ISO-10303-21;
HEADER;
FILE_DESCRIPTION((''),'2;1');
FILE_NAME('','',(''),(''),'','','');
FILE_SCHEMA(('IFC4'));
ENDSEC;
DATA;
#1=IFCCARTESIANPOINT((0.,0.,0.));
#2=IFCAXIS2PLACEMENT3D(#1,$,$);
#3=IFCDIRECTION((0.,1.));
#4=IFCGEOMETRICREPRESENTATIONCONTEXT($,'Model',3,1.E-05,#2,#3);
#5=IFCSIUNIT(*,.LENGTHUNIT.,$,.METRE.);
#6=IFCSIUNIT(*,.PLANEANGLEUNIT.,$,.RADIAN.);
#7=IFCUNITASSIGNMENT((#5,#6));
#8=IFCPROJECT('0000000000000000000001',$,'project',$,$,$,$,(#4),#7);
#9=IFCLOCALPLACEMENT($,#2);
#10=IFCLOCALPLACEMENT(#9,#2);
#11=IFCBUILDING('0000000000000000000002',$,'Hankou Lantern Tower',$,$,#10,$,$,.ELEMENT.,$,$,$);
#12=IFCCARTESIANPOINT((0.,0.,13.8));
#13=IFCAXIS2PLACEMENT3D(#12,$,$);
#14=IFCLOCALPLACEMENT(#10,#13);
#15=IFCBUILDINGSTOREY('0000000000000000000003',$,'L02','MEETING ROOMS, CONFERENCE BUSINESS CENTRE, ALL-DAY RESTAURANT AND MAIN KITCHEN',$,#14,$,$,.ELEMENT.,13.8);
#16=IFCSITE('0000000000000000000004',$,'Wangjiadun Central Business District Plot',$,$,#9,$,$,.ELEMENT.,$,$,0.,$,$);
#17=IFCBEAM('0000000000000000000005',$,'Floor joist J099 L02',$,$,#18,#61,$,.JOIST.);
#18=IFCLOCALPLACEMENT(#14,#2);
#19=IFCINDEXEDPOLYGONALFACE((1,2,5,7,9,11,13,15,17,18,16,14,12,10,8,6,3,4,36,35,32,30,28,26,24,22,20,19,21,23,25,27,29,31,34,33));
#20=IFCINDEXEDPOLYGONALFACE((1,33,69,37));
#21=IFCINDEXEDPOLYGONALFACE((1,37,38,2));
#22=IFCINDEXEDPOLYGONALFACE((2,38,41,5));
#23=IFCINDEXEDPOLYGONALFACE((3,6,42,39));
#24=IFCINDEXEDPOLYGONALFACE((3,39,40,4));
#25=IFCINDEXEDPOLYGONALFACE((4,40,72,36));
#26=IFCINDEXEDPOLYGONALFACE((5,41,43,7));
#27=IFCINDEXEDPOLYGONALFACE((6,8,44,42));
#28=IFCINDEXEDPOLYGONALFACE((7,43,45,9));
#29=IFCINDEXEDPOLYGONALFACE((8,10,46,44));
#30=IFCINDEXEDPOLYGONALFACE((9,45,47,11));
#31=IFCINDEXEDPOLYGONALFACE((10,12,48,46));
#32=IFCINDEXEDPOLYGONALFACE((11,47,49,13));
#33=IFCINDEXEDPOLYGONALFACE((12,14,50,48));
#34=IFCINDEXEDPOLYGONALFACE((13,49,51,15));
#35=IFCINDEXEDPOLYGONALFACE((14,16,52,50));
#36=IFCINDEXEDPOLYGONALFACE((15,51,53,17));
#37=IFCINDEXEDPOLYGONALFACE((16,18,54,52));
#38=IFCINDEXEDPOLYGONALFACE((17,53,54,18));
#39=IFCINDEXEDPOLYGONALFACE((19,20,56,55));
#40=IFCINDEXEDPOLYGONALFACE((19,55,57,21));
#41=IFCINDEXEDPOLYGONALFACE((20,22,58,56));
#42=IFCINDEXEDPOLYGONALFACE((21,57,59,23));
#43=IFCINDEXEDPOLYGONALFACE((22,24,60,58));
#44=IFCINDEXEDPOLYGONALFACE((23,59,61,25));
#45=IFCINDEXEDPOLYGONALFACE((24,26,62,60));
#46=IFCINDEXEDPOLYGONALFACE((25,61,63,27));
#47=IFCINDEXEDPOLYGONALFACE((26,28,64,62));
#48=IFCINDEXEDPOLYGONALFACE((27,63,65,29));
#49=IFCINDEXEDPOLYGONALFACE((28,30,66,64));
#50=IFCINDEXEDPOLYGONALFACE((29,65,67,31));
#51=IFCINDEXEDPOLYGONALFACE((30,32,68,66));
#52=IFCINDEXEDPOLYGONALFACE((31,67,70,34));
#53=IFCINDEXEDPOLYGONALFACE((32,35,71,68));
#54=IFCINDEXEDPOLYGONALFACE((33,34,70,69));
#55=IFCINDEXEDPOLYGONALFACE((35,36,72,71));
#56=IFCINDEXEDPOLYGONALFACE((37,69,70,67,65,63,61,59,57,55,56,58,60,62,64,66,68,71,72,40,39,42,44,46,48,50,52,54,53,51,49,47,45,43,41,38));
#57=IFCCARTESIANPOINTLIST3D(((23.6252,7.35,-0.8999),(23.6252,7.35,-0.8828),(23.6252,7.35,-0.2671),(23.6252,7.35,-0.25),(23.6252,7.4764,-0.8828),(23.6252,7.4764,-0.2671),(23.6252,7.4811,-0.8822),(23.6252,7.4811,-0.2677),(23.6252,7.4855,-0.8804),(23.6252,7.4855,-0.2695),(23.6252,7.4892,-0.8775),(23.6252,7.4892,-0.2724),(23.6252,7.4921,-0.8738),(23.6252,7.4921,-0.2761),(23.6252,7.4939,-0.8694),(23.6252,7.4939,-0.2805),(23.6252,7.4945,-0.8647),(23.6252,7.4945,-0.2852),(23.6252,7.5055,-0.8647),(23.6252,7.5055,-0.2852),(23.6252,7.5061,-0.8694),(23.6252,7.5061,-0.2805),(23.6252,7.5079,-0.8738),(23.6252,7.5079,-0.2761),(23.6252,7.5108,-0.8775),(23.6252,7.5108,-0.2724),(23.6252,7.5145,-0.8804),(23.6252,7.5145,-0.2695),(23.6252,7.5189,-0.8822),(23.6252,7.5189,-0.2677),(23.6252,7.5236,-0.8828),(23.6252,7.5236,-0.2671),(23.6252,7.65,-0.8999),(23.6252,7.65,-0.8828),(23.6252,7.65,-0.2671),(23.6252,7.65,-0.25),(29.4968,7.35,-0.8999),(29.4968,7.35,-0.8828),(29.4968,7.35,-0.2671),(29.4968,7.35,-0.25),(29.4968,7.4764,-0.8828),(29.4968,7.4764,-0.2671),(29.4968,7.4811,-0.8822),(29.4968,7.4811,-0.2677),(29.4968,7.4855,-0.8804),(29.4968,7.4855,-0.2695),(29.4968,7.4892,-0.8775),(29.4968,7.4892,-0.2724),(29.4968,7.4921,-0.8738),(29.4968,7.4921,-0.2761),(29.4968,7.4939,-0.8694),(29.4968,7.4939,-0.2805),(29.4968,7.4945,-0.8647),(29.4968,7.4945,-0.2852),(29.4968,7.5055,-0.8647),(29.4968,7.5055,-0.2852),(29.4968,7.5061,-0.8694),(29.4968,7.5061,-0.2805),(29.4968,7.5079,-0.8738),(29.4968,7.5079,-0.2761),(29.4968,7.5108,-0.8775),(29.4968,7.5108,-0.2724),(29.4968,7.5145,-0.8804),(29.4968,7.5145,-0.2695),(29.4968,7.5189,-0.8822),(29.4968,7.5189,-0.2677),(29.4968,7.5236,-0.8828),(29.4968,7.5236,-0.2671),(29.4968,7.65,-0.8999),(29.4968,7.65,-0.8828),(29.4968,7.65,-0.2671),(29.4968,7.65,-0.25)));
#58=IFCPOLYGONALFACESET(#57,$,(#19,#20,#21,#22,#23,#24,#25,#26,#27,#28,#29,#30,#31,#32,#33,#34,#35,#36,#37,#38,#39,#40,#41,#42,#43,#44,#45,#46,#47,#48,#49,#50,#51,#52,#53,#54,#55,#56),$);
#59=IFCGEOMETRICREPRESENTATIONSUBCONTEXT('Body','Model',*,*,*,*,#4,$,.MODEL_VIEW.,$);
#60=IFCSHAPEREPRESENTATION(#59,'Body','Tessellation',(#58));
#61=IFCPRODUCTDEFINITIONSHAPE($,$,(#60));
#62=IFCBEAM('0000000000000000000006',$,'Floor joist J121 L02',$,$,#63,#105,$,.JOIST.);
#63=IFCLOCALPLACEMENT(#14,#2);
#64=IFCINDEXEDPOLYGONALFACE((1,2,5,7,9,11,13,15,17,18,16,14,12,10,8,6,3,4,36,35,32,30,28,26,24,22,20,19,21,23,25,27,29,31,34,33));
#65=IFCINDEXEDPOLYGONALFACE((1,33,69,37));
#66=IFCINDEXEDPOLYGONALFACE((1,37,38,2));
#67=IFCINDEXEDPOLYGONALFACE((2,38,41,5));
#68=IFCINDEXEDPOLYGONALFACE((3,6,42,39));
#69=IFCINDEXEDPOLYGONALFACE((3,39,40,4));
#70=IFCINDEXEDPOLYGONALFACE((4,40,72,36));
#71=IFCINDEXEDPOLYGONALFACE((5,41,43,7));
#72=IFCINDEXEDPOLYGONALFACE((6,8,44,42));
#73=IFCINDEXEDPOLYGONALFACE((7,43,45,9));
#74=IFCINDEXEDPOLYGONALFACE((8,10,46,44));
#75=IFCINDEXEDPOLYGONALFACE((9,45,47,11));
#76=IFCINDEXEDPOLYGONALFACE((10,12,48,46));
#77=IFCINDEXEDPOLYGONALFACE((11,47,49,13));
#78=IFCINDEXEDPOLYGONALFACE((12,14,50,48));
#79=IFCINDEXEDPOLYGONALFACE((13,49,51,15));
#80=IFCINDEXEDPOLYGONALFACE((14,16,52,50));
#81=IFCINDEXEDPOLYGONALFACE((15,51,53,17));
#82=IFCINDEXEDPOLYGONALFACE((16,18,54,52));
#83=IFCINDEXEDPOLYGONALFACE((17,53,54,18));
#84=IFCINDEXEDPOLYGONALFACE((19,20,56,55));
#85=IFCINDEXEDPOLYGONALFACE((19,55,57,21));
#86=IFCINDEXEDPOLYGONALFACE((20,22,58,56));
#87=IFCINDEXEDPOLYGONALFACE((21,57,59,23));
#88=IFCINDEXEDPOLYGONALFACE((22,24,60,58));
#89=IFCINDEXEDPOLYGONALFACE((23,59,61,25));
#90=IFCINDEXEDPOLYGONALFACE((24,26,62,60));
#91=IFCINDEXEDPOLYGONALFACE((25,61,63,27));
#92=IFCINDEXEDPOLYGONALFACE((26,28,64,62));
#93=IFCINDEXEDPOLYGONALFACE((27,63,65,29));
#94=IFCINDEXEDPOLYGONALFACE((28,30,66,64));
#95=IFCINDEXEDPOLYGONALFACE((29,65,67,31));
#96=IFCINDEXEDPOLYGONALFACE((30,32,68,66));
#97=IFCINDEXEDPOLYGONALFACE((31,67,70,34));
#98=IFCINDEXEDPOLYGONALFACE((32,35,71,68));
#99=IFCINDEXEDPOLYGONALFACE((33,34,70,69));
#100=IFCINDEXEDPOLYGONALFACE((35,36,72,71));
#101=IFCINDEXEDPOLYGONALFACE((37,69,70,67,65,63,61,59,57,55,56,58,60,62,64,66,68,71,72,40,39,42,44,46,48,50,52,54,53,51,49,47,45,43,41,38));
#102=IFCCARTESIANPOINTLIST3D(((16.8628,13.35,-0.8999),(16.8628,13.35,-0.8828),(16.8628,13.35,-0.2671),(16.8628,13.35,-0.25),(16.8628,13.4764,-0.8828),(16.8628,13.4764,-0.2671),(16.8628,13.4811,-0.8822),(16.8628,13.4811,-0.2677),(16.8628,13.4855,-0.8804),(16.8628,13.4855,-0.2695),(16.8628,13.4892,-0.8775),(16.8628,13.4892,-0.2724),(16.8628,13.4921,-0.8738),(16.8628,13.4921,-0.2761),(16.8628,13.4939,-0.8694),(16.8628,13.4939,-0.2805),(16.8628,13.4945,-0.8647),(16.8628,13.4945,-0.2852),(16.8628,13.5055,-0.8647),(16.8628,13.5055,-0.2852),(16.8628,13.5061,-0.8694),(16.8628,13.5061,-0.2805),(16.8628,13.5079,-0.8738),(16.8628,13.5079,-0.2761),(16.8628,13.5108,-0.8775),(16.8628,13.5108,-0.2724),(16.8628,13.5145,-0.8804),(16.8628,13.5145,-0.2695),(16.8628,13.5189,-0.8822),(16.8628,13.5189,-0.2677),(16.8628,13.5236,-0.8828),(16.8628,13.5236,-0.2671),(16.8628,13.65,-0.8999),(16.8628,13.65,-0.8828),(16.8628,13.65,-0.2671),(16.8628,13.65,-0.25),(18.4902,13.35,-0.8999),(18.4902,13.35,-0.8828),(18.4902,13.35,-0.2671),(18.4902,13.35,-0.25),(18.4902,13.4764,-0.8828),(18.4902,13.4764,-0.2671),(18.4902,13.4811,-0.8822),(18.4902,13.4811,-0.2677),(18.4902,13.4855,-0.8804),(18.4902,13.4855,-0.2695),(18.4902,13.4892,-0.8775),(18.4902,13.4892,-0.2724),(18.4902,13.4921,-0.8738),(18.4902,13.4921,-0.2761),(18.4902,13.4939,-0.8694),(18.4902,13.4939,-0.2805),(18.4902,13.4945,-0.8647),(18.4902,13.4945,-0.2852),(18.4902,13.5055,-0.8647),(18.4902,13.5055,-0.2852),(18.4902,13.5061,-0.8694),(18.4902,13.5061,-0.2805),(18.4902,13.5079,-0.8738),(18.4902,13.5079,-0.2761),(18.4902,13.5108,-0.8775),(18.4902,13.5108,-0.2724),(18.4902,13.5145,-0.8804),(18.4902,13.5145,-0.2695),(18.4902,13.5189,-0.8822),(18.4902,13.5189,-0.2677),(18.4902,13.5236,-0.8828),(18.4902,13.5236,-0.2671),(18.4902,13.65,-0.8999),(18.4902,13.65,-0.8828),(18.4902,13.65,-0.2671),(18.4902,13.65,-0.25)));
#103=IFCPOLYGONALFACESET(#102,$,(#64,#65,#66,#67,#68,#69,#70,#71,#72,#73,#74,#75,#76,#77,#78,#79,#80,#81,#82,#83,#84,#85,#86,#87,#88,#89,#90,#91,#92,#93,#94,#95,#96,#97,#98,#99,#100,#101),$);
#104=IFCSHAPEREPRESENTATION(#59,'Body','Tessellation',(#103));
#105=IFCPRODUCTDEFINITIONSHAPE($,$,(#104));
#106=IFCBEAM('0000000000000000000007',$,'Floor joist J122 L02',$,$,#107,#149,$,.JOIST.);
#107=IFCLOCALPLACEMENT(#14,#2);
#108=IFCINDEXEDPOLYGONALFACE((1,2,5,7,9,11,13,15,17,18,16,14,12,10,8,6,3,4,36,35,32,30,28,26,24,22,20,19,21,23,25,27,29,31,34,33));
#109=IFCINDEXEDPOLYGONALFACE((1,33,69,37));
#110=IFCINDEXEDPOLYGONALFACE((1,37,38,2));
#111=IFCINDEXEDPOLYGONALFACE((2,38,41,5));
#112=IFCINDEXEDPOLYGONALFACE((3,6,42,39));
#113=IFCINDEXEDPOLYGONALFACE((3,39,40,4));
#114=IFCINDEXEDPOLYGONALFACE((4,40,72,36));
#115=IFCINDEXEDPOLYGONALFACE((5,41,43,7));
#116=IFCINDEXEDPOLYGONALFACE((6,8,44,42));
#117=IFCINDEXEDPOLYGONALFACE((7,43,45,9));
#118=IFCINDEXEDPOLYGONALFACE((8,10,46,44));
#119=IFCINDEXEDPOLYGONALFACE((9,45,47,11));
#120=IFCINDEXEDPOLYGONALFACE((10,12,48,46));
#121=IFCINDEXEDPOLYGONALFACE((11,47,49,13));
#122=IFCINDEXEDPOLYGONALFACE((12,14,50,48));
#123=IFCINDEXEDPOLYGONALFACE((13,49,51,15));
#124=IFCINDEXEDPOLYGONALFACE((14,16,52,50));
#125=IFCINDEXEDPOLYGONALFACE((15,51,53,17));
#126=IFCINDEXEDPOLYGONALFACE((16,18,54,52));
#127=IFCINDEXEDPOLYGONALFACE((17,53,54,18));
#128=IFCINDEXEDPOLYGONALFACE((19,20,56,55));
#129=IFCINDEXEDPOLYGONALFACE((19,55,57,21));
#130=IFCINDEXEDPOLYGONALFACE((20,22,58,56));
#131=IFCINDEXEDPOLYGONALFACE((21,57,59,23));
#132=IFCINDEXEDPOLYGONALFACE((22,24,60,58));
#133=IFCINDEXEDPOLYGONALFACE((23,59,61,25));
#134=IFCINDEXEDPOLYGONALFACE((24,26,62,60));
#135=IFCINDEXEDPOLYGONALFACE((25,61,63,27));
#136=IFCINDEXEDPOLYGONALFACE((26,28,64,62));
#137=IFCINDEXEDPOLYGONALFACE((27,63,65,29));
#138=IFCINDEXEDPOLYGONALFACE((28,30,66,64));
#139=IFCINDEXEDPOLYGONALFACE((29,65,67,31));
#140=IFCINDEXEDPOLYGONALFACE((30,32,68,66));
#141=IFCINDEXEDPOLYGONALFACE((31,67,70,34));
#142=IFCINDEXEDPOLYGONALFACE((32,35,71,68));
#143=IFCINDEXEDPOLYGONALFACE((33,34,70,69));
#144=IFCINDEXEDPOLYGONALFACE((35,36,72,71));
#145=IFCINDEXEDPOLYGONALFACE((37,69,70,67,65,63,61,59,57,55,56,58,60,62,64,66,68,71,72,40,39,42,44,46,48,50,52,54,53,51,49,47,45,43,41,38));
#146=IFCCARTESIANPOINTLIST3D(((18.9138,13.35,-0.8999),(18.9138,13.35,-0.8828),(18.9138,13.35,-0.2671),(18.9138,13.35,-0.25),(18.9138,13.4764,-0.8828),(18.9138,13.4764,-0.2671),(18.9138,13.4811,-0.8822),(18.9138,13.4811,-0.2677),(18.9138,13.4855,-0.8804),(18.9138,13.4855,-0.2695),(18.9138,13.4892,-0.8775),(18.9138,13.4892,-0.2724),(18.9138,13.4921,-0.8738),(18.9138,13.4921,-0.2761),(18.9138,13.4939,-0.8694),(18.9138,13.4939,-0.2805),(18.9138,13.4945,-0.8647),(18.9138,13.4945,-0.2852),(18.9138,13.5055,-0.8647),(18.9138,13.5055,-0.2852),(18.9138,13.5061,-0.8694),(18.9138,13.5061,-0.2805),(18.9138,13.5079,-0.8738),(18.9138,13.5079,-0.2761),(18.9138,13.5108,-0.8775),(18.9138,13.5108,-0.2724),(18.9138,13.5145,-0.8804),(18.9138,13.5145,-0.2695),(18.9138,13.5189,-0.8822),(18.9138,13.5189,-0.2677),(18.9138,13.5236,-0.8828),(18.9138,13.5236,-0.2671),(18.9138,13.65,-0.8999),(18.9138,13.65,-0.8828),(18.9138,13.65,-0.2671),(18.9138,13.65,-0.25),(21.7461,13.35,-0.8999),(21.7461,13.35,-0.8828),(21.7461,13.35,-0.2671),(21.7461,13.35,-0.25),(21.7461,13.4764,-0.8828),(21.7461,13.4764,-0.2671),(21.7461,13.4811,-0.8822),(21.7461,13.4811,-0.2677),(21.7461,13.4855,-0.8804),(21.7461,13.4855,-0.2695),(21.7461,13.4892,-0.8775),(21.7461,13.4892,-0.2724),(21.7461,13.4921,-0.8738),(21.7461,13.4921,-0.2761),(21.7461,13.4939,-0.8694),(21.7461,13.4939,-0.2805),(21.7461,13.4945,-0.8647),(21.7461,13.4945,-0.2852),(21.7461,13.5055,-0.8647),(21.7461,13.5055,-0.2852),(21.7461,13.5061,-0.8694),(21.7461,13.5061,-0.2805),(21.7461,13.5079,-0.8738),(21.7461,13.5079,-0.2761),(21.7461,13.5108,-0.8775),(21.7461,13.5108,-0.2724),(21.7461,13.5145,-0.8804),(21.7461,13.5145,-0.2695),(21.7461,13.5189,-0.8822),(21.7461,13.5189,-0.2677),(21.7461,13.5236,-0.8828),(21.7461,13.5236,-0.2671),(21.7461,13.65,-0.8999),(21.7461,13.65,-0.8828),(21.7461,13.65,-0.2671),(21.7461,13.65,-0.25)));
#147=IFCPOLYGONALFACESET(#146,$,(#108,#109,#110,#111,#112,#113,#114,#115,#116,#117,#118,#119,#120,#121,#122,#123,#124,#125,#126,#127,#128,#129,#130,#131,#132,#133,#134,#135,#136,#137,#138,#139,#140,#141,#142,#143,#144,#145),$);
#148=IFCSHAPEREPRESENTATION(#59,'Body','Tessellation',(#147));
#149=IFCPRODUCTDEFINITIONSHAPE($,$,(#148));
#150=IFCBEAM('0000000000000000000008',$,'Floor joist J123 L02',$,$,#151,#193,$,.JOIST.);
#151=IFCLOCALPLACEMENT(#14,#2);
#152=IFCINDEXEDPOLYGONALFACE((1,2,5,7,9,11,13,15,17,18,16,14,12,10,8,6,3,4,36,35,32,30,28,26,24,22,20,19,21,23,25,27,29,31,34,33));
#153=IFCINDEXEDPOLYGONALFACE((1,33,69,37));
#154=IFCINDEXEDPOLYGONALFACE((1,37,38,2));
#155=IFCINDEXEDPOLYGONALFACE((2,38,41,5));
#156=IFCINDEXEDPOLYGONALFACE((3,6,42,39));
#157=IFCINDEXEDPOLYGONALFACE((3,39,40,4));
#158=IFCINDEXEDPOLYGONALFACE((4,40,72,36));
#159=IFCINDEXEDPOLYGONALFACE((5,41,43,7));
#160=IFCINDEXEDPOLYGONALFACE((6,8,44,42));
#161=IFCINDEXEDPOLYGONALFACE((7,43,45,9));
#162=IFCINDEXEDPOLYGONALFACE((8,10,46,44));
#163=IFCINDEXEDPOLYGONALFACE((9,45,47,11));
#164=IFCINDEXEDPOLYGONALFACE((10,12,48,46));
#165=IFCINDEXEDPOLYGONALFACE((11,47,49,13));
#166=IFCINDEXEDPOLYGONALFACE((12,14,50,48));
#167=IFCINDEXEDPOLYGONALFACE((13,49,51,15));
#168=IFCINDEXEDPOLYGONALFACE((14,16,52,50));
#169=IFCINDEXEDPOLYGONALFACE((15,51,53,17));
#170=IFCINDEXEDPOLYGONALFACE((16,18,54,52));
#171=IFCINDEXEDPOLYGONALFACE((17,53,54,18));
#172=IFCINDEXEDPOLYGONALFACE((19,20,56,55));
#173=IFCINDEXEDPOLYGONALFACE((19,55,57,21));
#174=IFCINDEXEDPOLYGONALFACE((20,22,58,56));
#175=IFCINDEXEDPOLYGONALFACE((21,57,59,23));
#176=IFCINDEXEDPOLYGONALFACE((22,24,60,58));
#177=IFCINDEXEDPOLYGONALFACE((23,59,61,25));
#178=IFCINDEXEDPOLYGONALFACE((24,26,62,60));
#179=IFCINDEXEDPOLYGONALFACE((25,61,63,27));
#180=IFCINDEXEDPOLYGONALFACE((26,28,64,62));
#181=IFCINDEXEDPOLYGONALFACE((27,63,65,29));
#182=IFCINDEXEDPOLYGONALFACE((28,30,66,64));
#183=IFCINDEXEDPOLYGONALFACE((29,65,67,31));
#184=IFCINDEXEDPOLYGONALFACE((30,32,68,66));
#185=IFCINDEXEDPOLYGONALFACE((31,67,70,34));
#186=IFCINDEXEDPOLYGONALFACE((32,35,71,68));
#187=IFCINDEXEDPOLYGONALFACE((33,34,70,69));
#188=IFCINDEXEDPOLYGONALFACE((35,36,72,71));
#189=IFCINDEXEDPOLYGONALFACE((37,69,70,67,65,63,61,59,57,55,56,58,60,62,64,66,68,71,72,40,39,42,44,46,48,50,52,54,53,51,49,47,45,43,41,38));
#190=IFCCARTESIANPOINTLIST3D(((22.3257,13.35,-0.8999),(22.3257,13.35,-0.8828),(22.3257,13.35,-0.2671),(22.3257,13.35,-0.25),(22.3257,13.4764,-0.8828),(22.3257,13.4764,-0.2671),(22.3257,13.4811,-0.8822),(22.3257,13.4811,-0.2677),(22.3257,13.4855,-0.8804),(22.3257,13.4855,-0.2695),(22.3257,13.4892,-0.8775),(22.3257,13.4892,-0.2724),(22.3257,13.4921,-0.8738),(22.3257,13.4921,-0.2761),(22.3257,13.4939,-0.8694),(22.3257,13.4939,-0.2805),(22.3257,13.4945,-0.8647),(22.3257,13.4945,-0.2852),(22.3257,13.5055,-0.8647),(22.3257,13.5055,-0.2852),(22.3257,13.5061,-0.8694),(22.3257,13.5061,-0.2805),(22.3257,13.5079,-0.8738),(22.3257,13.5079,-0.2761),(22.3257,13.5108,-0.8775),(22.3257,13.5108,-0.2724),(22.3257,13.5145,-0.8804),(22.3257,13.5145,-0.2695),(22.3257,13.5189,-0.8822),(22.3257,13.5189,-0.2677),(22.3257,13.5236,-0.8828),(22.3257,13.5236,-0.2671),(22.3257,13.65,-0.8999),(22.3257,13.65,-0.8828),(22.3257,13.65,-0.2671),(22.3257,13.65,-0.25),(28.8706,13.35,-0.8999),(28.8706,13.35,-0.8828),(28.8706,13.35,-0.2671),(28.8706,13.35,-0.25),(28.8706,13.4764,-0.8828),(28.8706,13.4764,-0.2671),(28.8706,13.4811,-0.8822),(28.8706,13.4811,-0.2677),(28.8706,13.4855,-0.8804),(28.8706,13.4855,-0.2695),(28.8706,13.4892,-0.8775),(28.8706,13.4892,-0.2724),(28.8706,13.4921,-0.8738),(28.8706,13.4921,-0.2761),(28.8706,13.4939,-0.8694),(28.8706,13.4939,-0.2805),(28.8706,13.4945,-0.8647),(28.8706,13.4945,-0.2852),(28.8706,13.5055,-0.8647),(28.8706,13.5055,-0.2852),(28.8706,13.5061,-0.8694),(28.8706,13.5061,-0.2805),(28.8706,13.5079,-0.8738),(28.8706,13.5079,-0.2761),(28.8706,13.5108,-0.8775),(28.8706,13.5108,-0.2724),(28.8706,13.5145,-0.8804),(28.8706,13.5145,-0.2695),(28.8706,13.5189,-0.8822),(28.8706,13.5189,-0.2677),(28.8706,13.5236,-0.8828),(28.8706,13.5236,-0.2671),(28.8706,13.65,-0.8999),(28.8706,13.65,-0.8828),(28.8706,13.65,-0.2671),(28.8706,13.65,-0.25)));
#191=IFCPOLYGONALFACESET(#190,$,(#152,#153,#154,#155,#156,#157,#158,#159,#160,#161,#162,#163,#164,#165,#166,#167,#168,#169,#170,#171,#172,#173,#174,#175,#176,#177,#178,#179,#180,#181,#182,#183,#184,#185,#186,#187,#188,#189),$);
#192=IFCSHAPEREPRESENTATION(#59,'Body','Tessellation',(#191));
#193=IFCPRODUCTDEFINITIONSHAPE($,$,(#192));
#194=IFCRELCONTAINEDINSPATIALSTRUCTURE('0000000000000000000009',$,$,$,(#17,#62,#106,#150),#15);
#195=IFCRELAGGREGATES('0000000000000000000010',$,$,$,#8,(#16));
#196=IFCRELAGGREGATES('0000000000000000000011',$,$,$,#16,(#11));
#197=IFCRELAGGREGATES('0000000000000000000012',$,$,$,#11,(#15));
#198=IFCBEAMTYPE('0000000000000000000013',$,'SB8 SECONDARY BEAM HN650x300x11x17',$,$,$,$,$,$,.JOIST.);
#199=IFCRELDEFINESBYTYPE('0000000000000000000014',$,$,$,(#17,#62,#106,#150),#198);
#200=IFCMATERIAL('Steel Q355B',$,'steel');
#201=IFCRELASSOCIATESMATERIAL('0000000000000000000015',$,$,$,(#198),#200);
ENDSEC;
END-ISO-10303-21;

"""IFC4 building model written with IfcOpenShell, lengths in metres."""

from ifc_helpers import new_model, si_unit, direction, frame, origin, origin_2d, place, context, subcontext, project, spatial, i_section, extrude, material, material_profile, profile_set, type_object, element, save


model = new_model("IFC4")

# Units and contexts
model_context = context("Model", 3, precision=1e-05, world=origin(), true_north=direction((0.0, 1.0)))
body_context = subcontext(model_context, "Body", "Model", "MODEL_VIEW")
ifc_project = project(units=[si_unit("LENGTHUNIT", "METRE"), si_unit("PLANEANGLEUNIT", "RADIAN")], contexts=[model_context])

# Site, building, storey
site_placement = place(None, origin())
site = spatial("IfcSite", under=ifc_project, at=site_placement, Name="Wangjiadun Central Business District Plot", CompositionType="ELEMENT", RefElevation=0.0)
building_placement = place(site_placement, origin())
building = spatial("IfcBuilding", under=site, at=building_placement, Name="Hankou Lantern Tower", CompositionType="ELEMENT")
storey_placement = place(building_placement, frame((0.0, 0.0, 13.8)))
storey = spatial("IfcBuildingStorey", under=building, at=storey_placement, Name="L02", Description="MEETING ROOMS, CONFERENCE BUSINESS CENTRE, ALL-DAY RESTAURANT AND MAIN KITCHEN", CompositionType="ELEMENT", Elevation=13.8)

# Beams
ifc_material_1 = material(Name="Steel Q355B", Category="steel")
ifc_material_profile_1 = material_profile(ifc_material_1, i_section(OverallWidth=0.3, OverallDepth=0.6499, WebThickness=0.011, FlangeThickness=0.0171, FilletRadius=0.0181, at=origin_2d()), Name="HN650x300x11x17")
ifc_profile_set_1 = profile_set([ifc_material_profile_1], Name="Steel Q355B")
beam_type_1 = type_object("IfcBeamType", Name="SB8 SECONDARY BEAM HN650x300x11x17", PredefinedType="JOIST", material=ifc_profile_set_1)
beam_1_placement = place(storey_placement, frame((23.6252, 7.5, -0.575), z_axis=(1.0, 0.0, 0.0), x_axis=(0.0, 1.0, 0.0)))
element("IfcBeam", 1, at=beam_1_placement, inside=storey, type_object=beam_type_1, Name="Floor joist J099 L02", PredefinedType="JOIST", context=body_context, shape_type="SweptSolid", body=[
    extrude(i_section(OverallWidth=0.3, OverallDepth=0.6499, WebThickness=0.011, FlangeThickness=0.0171, FilletRadius=0.0181, at=origin_2d()), origin(), (0.0, 0.0, 1.0), 5.8716),
])
beam_2_placement = place(storey_placement, frame((16.8628, 13.5, -0.575), z_axis=(1.0, 0.0, 0.0), x_axis=(0.0, 1.0, 0.0)))
element("IfcBeam", 2, at=beam_2_placement, inside=storey, type_object=beam_type_1, Name="Floor joist J121 L02", PredefinedType="JOIST", context=body_context, shape_type="SweptSolid", body=[
    extrude(i_section(OverallWidth=0.3, OverallDepth=0.6499, WebThickness=0.011, FlangeThickness=0.0171, FilletRadius=0.0181, at=origin_2d()), origin(), (0.0, 0.0, 1.0), 1.6274),
])
beam_3_placement = place(storey_placement, frame((18.9138, 13.5, -0.575), z_axis=(1.0, 0.0, 0.0), x_axis=(0.0, 1.0, 0.0)))
element("IfcBeam", 3, at=beam_3_placement, inside=storey, type_object=beam_type_1, Name="Floor joist J122 L02", PredefinedType="JOIST", context=body_context, shape_type="SweptSolid", body=[
    extrude(i_section(OverallWidth=0.3, OverallDepth=0.6499, WebThickness=0.011, FlangeThickness=0.0171, FilletRadius=0.0181, at=origin_2d()), origin(), (0.0, 0.0, 1.0), 2.8323),
])
beam_4_placement = place(storey_placement, frame((22.3257, 13.5, -0.575), z_axis=(1.0, 0.0, 0.0), x_axis=(0.0, 1.0, 0.0)))
element("IfcBeam", 4, at=beam_4_placement, inside=storey, type_object=beam_type_1, Name="Floor joist J123 L02", PredefinedType="JOIST", context=body_context, shape_type="SweptSolid", body=[
    extrude(i_section(OverallWidth=0.3, OverallDepth=0.6499, WebThickness=0.011, FlangeThickness=0.0171, FilletRadius=0.0181, at=origin_2d()), origin(), (0.0, 0.0, 1.0), 6.5449),
])

save(model, "model.ifc")
